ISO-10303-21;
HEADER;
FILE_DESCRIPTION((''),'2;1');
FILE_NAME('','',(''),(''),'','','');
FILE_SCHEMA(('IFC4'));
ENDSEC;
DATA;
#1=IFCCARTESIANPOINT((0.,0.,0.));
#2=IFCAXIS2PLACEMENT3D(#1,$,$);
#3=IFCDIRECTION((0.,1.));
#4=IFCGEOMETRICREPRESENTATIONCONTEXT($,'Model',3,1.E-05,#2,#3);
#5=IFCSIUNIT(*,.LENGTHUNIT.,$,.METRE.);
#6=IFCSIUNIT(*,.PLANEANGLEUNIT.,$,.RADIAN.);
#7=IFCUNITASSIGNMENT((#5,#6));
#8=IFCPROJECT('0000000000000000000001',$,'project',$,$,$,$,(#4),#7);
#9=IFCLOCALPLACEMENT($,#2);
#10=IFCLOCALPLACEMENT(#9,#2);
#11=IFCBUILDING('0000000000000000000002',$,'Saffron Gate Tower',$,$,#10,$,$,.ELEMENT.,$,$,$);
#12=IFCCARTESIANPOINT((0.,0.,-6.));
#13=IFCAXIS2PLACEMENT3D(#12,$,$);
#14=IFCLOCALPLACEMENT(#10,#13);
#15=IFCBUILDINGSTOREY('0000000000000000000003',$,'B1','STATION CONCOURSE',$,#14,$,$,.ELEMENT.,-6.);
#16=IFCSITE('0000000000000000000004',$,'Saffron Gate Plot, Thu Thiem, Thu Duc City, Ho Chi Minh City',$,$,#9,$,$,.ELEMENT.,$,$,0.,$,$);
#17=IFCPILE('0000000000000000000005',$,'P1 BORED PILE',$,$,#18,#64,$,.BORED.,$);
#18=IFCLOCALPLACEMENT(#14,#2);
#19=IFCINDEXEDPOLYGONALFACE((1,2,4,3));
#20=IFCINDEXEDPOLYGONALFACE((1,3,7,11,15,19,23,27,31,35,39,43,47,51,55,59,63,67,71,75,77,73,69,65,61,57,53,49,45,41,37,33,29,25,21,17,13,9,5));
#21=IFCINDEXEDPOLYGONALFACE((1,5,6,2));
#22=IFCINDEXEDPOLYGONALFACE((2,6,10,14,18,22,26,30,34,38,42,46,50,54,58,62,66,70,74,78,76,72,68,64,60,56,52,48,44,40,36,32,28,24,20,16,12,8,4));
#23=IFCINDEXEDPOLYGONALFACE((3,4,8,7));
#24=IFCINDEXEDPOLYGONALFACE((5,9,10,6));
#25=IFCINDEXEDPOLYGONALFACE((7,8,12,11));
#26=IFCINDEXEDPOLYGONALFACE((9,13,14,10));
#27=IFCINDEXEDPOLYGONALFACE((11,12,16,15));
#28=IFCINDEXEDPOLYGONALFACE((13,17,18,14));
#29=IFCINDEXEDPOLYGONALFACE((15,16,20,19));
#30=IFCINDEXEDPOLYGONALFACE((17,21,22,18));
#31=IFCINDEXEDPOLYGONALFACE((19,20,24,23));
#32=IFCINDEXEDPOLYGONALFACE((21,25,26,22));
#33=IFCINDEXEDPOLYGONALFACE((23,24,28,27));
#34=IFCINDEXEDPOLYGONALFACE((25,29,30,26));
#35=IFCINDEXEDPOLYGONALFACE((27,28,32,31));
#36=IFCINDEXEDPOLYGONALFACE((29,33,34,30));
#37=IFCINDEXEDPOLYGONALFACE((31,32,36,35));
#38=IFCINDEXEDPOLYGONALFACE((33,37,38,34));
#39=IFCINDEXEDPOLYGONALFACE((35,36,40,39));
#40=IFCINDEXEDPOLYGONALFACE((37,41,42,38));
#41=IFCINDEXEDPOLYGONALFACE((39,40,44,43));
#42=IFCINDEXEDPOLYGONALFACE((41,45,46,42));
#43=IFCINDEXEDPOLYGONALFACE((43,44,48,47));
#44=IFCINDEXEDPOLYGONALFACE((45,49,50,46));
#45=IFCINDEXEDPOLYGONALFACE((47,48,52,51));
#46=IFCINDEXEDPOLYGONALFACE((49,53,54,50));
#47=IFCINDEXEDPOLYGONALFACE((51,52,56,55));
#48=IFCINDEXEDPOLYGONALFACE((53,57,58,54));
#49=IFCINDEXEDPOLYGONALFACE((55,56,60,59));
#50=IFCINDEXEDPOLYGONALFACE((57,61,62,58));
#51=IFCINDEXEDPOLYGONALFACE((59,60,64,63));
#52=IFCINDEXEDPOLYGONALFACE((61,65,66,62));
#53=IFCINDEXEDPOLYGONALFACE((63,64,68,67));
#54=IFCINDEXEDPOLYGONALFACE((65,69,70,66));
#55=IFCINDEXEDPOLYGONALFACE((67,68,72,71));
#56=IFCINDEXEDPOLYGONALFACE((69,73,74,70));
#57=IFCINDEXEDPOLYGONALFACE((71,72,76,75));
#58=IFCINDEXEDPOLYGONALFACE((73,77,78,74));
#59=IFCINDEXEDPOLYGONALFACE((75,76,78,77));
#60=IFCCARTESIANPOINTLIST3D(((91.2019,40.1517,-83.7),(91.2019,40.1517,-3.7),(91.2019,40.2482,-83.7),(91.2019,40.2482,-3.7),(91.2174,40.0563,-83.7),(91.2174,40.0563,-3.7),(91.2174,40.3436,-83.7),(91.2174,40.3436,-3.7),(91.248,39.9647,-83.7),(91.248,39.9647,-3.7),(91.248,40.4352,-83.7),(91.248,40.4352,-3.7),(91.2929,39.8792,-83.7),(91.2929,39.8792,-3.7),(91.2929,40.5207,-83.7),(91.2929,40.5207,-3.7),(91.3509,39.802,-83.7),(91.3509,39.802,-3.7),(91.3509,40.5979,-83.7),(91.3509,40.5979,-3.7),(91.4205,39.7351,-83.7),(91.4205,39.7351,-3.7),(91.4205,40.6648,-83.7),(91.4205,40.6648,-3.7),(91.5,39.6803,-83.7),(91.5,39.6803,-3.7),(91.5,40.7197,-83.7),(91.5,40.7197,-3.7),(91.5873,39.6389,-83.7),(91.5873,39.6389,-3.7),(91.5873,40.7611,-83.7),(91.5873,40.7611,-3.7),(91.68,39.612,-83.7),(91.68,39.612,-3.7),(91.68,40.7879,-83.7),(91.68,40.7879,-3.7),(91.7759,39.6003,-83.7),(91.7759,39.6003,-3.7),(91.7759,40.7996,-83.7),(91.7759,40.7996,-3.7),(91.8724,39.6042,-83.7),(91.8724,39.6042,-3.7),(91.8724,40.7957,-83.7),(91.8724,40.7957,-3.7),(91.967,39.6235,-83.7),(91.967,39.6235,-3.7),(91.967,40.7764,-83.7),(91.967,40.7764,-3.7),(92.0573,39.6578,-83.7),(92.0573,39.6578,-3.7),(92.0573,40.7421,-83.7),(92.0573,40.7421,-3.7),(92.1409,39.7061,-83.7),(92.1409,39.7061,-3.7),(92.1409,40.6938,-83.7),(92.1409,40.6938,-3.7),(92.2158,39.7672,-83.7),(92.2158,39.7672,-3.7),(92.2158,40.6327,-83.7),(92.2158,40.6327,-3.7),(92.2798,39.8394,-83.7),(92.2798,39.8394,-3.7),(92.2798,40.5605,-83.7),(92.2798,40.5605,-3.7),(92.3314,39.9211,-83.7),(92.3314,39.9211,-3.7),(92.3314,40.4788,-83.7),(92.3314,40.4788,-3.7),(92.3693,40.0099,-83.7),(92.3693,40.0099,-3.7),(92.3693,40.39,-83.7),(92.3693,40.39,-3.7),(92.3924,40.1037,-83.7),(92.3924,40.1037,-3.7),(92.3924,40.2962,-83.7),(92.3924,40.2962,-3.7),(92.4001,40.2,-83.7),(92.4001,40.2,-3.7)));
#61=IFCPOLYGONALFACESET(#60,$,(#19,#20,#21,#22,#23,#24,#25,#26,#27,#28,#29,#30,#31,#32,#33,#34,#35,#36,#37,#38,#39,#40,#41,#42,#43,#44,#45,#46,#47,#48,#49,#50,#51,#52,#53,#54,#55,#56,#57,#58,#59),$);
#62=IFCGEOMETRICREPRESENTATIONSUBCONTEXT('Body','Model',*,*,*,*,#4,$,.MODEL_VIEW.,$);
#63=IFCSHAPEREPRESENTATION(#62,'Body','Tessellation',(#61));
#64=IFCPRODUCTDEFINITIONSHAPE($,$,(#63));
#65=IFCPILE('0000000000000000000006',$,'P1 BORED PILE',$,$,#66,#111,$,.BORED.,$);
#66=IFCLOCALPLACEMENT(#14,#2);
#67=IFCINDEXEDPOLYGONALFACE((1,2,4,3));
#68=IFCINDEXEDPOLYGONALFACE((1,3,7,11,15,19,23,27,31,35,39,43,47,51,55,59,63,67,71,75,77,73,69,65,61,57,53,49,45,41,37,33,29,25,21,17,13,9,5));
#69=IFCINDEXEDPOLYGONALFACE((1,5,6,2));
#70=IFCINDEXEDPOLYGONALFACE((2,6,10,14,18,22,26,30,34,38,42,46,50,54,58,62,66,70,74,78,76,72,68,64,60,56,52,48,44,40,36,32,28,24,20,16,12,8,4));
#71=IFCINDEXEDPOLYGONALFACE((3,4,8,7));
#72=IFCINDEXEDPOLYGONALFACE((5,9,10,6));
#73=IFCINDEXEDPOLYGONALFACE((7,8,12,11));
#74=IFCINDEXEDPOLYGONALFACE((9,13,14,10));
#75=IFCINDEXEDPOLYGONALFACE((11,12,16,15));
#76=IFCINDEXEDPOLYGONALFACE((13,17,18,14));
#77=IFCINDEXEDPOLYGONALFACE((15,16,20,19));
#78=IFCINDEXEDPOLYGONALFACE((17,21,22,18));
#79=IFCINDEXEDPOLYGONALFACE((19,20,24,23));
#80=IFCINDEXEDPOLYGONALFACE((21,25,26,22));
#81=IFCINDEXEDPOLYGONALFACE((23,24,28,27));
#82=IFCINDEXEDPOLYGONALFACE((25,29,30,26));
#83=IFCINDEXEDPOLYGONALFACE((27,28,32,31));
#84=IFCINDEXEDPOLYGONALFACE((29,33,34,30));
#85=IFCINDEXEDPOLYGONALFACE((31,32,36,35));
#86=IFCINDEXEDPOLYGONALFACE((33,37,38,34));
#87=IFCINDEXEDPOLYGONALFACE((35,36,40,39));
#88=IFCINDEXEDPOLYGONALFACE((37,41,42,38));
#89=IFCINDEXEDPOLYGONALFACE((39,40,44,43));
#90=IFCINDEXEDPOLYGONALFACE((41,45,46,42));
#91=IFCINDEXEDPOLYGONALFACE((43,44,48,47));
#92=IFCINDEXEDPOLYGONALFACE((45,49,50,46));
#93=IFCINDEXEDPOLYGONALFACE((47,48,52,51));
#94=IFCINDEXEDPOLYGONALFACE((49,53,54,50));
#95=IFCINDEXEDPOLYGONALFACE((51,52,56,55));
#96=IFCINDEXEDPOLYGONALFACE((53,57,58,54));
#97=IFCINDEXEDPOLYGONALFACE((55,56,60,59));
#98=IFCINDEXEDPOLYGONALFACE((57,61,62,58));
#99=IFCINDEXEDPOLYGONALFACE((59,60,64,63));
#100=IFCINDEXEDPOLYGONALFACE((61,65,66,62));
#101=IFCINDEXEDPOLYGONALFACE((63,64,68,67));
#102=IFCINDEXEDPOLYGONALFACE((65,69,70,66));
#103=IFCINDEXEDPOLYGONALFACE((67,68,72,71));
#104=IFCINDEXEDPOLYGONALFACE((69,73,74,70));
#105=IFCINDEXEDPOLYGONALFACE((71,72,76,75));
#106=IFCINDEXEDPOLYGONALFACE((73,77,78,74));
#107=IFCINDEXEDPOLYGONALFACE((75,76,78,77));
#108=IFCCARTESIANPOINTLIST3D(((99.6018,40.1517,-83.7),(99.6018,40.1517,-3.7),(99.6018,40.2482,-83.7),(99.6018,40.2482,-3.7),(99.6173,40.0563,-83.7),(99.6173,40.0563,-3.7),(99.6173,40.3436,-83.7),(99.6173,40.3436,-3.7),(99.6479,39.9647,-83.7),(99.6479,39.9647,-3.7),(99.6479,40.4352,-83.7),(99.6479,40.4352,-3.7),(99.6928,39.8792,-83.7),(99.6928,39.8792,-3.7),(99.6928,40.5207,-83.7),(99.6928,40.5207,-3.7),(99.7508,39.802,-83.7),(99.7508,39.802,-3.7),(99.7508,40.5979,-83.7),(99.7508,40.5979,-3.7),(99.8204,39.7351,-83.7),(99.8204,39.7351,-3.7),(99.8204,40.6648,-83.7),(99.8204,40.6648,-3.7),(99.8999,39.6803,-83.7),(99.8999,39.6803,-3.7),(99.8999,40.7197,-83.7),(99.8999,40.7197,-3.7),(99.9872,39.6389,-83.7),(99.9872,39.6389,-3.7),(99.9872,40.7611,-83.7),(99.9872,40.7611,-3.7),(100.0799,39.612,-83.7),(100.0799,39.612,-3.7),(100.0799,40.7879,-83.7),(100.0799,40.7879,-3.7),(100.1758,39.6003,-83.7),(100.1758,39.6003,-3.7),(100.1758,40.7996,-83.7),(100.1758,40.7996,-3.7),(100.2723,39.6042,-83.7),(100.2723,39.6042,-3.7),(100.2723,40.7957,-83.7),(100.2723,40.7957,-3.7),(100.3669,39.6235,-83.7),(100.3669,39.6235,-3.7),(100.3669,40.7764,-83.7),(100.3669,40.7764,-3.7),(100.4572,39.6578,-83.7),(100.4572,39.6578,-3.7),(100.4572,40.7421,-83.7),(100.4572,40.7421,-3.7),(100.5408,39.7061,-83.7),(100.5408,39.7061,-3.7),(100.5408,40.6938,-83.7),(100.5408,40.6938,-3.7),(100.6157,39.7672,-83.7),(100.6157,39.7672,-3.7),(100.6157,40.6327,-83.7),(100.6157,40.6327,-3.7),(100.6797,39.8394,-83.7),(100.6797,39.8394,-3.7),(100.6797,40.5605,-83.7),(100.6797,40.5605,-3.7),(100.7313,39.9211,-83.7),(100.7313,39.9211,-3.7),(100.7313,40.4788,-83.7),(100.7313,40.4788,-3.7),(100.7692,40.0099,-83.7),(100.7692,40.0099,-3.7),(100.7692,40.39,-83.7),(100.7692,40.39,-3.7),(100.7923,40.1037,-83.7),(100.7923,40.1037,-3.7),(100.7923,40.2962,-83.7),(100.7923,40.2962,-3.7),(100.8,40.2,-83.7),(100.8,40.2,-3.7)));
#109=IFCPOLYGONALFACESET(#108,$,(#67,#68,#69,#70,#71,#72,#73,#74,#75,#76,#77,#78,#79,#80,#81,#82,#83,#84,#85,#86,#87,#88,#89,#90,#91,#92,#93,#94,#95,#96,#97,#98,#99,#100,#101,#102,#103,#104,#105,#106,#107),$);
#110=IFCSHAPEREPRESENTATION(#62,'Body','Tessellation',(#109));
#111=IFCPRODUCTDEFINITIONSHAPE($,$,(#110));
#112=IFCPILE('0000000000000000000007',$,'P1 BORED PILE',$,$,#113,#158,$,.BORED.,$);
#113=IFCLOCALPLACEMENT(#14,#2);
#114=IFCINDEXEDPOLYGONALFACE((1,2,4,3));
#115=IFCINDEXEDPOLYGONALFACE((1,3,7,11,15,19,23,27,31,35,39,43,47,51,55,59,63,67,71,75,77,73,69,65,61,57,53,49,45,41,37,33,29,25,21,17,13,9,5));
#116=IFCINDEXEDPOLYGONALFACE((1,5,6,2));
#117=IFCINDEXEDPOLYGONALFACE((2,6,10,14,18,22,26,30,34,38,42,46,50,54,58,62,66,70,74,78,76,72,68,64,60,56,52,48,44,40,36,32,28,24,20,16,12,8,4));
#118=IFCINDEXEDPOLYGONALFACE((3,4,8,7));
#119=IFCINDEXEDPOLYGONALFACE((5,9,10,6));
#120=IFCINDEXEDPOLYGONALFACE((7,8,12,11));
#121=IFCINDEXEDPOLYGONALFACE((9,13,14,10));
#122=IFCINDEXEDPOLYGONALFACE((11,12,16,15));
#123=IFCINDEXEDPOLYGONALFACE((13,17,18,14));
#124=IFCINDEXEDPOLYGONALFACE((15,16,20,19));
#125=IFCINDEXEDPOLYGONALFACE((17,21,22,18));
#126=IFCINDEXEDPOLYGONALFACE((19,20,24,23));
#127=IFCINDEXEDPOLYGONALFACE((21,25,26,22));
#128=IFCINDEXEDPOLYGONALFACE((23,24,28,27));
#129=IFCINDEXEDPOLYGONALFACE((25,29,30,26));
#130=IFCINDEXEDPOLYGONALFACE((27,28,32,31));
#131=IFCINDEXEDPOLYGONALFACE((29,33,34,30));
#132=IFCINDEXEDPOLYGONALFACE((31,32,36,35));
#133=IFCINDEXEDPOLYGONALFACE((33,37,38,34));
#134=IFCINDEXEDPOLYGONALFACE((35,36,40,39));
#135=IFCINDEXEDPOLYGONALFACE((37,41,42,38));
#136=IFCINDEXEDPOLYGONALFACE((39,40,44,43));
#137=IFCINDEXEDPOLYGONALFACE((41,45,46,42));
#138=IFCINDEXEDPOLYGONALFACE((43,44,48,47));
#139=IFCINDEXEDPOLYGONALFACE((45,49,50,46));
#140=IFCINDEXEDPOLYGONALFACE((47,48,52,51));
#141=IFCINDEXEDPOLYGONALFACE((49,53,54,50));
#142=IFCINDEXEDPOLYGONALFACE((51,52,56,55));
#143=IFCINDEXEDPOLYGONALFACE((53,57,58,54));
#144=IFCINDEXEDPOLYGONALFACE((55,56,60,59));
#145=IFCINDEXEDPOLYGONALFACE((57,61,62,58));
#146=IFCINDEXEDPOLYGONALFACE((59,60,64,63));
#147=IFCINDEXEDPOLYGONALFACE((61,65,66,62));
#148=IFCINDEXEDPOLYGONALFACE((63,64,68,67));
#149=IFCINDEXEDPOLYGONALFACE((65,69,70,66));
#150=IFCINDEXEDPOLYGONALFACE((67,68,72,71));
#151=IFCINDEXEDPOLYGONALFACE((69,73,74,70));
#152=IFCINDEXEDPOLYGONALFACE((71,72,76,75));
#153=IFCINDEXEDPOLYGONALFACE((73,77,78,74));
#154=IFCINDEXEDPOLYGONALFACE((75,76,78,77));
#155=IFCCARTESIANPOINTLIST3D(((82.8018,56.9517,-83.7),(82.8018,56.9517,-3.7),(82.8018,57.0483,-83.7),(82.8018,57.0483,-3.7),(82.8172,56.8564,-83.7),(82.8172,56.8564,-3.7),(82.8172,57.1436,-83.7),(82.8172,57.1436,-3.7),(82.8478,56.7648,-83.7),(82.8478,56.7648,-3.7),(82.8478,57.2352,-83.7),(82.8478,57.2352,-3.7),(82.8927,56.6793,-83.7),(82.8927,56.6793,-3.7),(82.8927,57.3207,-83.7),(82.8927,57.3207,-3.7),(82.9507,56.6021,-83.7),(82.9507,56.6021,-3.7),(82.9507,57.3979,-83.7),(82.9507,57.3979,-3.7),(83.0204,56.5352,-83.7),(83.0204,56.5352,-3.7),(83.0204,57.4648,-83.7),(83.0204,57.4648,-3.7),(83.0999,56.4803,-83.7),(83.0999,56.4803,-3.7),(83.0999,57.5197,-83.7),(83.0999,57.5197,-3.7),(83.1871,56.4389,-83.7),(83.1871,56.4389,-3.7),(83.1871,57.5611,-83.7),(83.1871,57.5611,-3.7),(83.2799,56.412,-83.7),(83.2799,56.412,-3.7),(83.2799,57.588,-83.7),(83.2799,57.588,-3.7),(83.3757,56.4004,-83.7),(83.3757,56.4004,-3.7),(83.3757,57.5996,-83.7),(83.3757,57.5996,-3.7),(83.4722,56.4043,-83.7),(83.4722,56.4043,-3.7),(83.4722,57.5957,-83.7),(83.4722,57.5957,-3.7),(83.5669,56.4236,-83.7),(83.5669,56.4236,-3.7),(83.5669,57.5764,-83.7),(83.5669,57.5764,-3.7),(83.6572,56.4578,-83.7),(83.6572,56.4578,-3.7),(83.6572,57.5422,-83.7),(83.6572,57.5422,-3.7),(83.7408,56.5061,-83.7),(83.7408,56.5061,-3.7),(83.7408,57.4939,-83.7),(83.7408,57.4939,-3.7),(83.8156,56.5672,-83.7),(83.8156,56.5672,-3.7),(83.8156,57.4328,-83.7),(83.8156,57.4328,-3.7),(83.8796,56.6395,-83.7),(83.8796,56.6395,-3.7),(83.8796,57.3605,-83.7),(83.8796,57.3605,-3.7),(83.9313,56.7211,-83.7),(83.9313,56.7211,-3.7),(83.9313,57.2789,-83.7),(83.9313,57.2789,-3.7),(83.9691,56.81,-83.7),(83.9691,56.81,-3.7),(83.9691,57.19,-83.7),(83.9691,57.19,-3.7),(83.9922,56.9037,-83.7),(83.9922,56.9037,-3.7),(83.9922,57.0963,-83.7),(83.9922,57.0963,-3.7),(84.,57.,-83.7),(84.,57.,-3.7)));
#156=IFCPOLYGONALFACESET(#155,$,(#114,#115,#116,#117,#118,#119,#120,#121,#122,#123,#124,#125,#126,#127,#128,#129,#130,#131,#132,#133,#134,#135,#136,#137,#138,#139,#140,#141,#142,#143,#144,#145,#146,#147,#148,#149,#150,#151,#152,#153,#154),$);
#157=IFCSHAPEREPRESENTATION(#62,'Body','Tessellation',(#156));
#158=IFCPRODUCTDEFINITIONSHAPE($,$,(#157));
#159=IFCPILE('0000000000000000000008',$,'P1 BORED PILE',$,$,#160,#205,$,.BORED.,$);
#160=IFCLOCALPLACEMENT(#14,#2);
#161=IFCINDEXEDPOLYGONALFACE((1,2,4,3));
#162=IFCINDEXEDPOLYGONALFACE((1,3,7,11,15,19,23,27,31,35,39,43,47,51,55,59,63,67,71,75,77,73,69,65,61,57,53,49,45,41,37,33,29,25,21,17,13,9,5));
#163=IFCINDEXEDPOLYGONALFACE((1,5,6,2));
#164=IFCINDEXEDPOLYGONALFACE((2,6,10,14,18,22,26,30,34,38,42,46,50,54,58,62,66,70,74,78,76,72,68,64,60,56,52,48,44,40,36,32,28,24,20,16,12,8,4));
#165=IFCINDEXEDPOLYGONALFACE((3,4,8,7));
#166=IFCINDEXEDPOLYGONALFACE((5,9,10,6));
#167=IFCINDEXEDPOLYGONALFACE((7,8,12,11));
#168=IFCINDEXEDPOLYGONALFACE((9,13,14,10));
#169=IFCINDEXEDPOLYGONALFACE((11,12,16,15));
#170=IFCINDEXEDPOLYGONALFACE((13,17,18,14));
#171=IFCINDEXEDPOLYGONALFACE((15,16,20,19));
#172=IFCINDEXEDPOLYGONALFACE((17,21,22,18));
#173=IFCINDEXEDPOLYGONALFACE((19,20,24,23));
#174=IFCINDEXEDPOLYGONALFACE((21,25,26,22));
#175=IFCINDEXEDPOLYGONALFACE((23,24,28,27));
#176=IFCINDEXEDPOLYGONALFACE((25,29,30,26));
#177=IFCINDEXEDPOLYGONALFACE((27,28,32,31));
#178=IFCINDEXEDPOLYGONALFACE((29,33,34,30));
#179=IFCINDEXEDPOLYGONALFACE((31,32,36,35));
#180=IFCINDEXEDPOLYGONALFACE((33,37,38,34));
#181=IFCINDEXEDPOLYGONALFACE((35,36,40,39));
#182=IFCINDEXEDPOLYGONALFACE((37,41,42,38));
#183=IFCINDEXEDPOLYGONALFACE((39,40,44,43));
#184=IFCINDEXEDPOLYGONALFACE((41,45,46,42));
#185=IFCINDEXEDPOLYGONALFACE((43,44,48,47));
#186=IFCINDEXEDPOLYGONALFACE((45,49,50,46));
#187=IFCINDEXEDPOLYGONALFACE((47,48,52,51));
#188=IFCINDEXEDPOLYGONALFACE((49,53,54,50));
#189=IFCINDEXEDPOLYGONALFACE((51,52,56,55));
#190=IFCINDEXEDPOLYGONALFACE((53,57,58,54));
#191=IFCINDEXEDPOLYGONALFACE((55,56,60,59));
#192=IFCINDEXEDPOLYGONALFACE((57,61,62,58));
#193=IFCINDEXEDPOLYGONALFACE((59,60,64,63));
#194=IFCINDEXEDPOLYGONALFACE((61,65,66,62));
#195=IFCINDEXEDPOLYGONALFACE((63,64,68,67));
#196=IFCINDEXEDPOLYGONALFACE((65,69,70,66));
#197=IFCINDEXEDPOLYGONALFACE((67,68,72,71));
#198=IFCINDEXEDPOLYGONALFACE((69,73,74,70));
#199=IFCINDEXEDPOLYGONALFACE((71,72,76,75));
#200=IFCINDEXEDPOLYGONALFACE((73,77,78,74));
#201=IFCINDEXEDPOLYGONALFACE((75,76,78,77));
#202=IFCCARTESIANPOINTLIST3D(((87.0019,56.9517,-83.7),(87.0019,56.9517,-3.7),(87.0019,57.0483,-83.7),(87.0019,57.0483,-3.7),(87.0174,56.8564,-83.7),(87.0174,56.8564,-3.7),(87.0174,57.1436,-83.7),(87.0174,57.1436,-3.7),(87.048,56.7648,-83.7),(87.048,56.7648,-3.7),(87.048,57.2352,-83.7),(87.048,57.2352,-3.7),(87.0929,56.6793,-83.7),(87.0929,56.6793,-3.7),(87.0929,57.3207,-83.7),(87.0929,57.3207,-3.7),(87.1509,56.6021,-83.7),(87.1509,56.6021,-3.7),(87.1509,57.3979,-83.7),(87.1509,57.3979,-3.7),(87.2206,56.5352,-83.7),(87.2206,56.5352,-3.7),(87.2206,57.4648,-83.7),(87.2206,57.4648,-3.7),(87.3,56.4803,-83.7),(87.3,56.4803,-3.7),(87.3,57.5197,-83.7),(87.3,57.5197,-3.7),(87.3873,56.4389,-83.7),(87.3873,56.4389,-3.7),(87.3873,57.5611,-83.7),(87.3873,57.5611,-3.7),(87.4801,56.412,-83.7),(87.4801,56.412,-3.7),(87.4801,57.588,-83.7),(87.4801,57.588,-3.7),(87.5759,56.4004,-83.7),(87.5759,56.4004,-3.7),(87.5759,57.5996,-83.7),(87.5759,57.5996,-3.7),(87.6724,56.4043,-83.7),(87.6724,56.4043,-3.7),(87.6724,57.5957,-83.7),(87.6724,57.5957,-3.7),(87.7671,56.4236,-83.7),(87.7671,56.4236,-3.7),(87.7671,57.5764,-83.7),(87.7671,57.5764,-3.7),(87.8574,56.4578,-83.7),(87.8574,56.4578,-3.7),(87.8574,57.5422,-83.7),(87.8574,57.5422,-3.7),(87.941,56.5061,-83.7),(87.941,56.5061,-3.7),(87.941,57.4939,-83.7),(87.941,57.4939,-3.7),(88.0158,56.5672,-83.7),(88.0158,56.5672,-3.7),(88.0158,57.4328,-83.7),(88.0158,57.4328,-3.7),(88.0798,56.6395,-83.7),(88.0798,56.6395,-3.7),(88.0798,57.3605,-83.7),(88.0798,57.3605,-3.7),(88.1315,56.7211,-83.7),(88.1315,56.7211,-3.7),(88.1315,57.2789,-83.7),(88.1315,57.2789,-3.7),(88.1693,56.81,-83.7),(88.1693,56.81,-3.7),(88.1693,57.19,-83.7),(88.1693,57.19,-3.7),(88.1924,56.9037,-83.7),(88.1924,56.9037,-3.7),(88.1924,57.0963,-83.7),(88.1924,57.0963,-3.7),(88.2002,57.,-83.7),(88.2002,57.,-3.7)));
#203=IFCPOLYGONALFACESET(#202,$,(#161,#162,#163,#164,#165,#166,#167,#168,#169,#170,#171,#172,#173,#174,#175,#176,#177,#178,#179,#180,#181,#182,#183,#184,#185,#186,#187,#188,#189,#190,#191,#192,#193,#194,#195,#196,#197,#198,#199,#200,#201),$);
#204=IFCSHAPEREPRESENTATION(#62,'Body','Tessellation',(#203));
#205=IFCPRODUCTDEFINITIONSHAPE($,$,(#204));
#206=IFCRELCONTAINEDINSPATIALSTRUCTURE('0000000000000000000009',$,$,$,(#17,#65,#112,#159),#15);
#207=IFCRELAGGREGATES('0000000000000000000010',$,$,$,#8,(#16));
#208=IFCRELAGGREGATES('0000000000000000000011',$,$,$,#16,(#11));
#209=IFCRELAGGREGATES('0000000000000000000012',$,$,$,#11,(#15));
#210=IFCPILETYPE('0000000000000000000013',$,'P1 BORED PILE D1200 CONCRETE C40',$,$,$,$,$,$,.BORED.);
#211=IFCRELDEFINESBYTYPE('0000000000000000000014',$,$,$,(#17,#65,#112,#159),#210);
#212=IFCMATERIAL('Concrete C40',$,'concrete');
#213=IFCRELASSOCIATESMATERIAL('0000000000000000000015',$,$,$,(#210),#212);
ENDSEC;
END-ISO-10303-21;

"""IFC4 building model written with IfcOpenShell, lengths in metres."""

from ifc_helpers import new_model, si_unit, direction, frame, origin, origin_2d, place, context, subcontext, project, spatial, circle, extrude, material, material_profile, profile_set, type_object, element, save


model = new_model("IFC4")

# Units and contexts
model_context = context("Model", 3, precision=1e-05, world=origin(), true_north=direction((0.0, 1.0)))
body_context = subcontext(model_context, "Body", "Model", "MODEL_VIEW")
ifc_project = project(units=[si_unit("LENGTHUNIT", "METRE"), si_unit("PLANEANGLEUNIT", "RADIAN")], contexts=[model_context])

# Site, building, storey
site_placement = place(None, origin())
site = spatial("IfcSite", under=ifc_project, at=site_placement, Name="Saffron Gate Plot, Thu Thiem, Thu Duc City, Ho Chi Minh City", CompositionType="ELEMENT", RefElevation=0.0)
building_placement = place(site_placement, origin())
building = spatial("IfcBuilding", under=site, at=building_placement, Name="Saffron Gate Tower", CompositionType="ELEMENT")
storey_placement = place(building_placement, frame((0.0, 0.0, -6.0)))
storey = spatial("IfcBuildingStorey", under=building, at=storey_placement, Name="B1", Description="STATION CONCOURSE", CompositionType="ELEMENT", Elevation=-6.0)

# Piles
ifc_material_1 = material(Name="Concrete C40", Category="concrete")
ifc_material_profile_1 = material_profile(ifc_material_1, circle(Radius=0.6001, at=origin_2d()))
ifc_profile_set_1 = profile_set([ifc_material_profile_1], Name="Concrete C40")
pile_type = type_object("IfcPileType", Name="P1 BORED PILE D1200 CONCRETE C40", PredefinedType="BORED", material=ifc_profile_set_1)
for number, where, z_axis, x_axis, name in (
    (1, (91.8, 40.2, -3.7), (0.0, 0.0, -1.0), (1.0, 0.0, 0.0), "P1 BORED PILE"),
    (2, (100.2, 40.2, -3.7), (0.0, 0.0, -1.0), (1.0, 0.0, 0.0), "P1 BORED PILE"),
    (3, (83.3999, 57.0, -3.7), (0.0, 0.0, -1.0), (1.0, 0.0, 0.0), "P1 BORED PILE"),
    (4, (87.6001, 57.0, -3.7), (0.0, 0.0, -1.0), (1.0, 0.0, 0.0), "P1 BORED PILE"),
):
    element("IfcPile", number, at=place(storey_placement, frame(where, z_axis=z_axis, x_axis=x_axis)), inside=storey, type_object=pile_type, Name=name, PredefinedType="BORED", context=body_context, shape_type="SweptSolid", body=[
        extrude(circle(Radius=0.6001, at=origin_2d()), origin(), (0.0, 0.0, 1.0), 80.0),
    ])

save(model, "model.ifc")
